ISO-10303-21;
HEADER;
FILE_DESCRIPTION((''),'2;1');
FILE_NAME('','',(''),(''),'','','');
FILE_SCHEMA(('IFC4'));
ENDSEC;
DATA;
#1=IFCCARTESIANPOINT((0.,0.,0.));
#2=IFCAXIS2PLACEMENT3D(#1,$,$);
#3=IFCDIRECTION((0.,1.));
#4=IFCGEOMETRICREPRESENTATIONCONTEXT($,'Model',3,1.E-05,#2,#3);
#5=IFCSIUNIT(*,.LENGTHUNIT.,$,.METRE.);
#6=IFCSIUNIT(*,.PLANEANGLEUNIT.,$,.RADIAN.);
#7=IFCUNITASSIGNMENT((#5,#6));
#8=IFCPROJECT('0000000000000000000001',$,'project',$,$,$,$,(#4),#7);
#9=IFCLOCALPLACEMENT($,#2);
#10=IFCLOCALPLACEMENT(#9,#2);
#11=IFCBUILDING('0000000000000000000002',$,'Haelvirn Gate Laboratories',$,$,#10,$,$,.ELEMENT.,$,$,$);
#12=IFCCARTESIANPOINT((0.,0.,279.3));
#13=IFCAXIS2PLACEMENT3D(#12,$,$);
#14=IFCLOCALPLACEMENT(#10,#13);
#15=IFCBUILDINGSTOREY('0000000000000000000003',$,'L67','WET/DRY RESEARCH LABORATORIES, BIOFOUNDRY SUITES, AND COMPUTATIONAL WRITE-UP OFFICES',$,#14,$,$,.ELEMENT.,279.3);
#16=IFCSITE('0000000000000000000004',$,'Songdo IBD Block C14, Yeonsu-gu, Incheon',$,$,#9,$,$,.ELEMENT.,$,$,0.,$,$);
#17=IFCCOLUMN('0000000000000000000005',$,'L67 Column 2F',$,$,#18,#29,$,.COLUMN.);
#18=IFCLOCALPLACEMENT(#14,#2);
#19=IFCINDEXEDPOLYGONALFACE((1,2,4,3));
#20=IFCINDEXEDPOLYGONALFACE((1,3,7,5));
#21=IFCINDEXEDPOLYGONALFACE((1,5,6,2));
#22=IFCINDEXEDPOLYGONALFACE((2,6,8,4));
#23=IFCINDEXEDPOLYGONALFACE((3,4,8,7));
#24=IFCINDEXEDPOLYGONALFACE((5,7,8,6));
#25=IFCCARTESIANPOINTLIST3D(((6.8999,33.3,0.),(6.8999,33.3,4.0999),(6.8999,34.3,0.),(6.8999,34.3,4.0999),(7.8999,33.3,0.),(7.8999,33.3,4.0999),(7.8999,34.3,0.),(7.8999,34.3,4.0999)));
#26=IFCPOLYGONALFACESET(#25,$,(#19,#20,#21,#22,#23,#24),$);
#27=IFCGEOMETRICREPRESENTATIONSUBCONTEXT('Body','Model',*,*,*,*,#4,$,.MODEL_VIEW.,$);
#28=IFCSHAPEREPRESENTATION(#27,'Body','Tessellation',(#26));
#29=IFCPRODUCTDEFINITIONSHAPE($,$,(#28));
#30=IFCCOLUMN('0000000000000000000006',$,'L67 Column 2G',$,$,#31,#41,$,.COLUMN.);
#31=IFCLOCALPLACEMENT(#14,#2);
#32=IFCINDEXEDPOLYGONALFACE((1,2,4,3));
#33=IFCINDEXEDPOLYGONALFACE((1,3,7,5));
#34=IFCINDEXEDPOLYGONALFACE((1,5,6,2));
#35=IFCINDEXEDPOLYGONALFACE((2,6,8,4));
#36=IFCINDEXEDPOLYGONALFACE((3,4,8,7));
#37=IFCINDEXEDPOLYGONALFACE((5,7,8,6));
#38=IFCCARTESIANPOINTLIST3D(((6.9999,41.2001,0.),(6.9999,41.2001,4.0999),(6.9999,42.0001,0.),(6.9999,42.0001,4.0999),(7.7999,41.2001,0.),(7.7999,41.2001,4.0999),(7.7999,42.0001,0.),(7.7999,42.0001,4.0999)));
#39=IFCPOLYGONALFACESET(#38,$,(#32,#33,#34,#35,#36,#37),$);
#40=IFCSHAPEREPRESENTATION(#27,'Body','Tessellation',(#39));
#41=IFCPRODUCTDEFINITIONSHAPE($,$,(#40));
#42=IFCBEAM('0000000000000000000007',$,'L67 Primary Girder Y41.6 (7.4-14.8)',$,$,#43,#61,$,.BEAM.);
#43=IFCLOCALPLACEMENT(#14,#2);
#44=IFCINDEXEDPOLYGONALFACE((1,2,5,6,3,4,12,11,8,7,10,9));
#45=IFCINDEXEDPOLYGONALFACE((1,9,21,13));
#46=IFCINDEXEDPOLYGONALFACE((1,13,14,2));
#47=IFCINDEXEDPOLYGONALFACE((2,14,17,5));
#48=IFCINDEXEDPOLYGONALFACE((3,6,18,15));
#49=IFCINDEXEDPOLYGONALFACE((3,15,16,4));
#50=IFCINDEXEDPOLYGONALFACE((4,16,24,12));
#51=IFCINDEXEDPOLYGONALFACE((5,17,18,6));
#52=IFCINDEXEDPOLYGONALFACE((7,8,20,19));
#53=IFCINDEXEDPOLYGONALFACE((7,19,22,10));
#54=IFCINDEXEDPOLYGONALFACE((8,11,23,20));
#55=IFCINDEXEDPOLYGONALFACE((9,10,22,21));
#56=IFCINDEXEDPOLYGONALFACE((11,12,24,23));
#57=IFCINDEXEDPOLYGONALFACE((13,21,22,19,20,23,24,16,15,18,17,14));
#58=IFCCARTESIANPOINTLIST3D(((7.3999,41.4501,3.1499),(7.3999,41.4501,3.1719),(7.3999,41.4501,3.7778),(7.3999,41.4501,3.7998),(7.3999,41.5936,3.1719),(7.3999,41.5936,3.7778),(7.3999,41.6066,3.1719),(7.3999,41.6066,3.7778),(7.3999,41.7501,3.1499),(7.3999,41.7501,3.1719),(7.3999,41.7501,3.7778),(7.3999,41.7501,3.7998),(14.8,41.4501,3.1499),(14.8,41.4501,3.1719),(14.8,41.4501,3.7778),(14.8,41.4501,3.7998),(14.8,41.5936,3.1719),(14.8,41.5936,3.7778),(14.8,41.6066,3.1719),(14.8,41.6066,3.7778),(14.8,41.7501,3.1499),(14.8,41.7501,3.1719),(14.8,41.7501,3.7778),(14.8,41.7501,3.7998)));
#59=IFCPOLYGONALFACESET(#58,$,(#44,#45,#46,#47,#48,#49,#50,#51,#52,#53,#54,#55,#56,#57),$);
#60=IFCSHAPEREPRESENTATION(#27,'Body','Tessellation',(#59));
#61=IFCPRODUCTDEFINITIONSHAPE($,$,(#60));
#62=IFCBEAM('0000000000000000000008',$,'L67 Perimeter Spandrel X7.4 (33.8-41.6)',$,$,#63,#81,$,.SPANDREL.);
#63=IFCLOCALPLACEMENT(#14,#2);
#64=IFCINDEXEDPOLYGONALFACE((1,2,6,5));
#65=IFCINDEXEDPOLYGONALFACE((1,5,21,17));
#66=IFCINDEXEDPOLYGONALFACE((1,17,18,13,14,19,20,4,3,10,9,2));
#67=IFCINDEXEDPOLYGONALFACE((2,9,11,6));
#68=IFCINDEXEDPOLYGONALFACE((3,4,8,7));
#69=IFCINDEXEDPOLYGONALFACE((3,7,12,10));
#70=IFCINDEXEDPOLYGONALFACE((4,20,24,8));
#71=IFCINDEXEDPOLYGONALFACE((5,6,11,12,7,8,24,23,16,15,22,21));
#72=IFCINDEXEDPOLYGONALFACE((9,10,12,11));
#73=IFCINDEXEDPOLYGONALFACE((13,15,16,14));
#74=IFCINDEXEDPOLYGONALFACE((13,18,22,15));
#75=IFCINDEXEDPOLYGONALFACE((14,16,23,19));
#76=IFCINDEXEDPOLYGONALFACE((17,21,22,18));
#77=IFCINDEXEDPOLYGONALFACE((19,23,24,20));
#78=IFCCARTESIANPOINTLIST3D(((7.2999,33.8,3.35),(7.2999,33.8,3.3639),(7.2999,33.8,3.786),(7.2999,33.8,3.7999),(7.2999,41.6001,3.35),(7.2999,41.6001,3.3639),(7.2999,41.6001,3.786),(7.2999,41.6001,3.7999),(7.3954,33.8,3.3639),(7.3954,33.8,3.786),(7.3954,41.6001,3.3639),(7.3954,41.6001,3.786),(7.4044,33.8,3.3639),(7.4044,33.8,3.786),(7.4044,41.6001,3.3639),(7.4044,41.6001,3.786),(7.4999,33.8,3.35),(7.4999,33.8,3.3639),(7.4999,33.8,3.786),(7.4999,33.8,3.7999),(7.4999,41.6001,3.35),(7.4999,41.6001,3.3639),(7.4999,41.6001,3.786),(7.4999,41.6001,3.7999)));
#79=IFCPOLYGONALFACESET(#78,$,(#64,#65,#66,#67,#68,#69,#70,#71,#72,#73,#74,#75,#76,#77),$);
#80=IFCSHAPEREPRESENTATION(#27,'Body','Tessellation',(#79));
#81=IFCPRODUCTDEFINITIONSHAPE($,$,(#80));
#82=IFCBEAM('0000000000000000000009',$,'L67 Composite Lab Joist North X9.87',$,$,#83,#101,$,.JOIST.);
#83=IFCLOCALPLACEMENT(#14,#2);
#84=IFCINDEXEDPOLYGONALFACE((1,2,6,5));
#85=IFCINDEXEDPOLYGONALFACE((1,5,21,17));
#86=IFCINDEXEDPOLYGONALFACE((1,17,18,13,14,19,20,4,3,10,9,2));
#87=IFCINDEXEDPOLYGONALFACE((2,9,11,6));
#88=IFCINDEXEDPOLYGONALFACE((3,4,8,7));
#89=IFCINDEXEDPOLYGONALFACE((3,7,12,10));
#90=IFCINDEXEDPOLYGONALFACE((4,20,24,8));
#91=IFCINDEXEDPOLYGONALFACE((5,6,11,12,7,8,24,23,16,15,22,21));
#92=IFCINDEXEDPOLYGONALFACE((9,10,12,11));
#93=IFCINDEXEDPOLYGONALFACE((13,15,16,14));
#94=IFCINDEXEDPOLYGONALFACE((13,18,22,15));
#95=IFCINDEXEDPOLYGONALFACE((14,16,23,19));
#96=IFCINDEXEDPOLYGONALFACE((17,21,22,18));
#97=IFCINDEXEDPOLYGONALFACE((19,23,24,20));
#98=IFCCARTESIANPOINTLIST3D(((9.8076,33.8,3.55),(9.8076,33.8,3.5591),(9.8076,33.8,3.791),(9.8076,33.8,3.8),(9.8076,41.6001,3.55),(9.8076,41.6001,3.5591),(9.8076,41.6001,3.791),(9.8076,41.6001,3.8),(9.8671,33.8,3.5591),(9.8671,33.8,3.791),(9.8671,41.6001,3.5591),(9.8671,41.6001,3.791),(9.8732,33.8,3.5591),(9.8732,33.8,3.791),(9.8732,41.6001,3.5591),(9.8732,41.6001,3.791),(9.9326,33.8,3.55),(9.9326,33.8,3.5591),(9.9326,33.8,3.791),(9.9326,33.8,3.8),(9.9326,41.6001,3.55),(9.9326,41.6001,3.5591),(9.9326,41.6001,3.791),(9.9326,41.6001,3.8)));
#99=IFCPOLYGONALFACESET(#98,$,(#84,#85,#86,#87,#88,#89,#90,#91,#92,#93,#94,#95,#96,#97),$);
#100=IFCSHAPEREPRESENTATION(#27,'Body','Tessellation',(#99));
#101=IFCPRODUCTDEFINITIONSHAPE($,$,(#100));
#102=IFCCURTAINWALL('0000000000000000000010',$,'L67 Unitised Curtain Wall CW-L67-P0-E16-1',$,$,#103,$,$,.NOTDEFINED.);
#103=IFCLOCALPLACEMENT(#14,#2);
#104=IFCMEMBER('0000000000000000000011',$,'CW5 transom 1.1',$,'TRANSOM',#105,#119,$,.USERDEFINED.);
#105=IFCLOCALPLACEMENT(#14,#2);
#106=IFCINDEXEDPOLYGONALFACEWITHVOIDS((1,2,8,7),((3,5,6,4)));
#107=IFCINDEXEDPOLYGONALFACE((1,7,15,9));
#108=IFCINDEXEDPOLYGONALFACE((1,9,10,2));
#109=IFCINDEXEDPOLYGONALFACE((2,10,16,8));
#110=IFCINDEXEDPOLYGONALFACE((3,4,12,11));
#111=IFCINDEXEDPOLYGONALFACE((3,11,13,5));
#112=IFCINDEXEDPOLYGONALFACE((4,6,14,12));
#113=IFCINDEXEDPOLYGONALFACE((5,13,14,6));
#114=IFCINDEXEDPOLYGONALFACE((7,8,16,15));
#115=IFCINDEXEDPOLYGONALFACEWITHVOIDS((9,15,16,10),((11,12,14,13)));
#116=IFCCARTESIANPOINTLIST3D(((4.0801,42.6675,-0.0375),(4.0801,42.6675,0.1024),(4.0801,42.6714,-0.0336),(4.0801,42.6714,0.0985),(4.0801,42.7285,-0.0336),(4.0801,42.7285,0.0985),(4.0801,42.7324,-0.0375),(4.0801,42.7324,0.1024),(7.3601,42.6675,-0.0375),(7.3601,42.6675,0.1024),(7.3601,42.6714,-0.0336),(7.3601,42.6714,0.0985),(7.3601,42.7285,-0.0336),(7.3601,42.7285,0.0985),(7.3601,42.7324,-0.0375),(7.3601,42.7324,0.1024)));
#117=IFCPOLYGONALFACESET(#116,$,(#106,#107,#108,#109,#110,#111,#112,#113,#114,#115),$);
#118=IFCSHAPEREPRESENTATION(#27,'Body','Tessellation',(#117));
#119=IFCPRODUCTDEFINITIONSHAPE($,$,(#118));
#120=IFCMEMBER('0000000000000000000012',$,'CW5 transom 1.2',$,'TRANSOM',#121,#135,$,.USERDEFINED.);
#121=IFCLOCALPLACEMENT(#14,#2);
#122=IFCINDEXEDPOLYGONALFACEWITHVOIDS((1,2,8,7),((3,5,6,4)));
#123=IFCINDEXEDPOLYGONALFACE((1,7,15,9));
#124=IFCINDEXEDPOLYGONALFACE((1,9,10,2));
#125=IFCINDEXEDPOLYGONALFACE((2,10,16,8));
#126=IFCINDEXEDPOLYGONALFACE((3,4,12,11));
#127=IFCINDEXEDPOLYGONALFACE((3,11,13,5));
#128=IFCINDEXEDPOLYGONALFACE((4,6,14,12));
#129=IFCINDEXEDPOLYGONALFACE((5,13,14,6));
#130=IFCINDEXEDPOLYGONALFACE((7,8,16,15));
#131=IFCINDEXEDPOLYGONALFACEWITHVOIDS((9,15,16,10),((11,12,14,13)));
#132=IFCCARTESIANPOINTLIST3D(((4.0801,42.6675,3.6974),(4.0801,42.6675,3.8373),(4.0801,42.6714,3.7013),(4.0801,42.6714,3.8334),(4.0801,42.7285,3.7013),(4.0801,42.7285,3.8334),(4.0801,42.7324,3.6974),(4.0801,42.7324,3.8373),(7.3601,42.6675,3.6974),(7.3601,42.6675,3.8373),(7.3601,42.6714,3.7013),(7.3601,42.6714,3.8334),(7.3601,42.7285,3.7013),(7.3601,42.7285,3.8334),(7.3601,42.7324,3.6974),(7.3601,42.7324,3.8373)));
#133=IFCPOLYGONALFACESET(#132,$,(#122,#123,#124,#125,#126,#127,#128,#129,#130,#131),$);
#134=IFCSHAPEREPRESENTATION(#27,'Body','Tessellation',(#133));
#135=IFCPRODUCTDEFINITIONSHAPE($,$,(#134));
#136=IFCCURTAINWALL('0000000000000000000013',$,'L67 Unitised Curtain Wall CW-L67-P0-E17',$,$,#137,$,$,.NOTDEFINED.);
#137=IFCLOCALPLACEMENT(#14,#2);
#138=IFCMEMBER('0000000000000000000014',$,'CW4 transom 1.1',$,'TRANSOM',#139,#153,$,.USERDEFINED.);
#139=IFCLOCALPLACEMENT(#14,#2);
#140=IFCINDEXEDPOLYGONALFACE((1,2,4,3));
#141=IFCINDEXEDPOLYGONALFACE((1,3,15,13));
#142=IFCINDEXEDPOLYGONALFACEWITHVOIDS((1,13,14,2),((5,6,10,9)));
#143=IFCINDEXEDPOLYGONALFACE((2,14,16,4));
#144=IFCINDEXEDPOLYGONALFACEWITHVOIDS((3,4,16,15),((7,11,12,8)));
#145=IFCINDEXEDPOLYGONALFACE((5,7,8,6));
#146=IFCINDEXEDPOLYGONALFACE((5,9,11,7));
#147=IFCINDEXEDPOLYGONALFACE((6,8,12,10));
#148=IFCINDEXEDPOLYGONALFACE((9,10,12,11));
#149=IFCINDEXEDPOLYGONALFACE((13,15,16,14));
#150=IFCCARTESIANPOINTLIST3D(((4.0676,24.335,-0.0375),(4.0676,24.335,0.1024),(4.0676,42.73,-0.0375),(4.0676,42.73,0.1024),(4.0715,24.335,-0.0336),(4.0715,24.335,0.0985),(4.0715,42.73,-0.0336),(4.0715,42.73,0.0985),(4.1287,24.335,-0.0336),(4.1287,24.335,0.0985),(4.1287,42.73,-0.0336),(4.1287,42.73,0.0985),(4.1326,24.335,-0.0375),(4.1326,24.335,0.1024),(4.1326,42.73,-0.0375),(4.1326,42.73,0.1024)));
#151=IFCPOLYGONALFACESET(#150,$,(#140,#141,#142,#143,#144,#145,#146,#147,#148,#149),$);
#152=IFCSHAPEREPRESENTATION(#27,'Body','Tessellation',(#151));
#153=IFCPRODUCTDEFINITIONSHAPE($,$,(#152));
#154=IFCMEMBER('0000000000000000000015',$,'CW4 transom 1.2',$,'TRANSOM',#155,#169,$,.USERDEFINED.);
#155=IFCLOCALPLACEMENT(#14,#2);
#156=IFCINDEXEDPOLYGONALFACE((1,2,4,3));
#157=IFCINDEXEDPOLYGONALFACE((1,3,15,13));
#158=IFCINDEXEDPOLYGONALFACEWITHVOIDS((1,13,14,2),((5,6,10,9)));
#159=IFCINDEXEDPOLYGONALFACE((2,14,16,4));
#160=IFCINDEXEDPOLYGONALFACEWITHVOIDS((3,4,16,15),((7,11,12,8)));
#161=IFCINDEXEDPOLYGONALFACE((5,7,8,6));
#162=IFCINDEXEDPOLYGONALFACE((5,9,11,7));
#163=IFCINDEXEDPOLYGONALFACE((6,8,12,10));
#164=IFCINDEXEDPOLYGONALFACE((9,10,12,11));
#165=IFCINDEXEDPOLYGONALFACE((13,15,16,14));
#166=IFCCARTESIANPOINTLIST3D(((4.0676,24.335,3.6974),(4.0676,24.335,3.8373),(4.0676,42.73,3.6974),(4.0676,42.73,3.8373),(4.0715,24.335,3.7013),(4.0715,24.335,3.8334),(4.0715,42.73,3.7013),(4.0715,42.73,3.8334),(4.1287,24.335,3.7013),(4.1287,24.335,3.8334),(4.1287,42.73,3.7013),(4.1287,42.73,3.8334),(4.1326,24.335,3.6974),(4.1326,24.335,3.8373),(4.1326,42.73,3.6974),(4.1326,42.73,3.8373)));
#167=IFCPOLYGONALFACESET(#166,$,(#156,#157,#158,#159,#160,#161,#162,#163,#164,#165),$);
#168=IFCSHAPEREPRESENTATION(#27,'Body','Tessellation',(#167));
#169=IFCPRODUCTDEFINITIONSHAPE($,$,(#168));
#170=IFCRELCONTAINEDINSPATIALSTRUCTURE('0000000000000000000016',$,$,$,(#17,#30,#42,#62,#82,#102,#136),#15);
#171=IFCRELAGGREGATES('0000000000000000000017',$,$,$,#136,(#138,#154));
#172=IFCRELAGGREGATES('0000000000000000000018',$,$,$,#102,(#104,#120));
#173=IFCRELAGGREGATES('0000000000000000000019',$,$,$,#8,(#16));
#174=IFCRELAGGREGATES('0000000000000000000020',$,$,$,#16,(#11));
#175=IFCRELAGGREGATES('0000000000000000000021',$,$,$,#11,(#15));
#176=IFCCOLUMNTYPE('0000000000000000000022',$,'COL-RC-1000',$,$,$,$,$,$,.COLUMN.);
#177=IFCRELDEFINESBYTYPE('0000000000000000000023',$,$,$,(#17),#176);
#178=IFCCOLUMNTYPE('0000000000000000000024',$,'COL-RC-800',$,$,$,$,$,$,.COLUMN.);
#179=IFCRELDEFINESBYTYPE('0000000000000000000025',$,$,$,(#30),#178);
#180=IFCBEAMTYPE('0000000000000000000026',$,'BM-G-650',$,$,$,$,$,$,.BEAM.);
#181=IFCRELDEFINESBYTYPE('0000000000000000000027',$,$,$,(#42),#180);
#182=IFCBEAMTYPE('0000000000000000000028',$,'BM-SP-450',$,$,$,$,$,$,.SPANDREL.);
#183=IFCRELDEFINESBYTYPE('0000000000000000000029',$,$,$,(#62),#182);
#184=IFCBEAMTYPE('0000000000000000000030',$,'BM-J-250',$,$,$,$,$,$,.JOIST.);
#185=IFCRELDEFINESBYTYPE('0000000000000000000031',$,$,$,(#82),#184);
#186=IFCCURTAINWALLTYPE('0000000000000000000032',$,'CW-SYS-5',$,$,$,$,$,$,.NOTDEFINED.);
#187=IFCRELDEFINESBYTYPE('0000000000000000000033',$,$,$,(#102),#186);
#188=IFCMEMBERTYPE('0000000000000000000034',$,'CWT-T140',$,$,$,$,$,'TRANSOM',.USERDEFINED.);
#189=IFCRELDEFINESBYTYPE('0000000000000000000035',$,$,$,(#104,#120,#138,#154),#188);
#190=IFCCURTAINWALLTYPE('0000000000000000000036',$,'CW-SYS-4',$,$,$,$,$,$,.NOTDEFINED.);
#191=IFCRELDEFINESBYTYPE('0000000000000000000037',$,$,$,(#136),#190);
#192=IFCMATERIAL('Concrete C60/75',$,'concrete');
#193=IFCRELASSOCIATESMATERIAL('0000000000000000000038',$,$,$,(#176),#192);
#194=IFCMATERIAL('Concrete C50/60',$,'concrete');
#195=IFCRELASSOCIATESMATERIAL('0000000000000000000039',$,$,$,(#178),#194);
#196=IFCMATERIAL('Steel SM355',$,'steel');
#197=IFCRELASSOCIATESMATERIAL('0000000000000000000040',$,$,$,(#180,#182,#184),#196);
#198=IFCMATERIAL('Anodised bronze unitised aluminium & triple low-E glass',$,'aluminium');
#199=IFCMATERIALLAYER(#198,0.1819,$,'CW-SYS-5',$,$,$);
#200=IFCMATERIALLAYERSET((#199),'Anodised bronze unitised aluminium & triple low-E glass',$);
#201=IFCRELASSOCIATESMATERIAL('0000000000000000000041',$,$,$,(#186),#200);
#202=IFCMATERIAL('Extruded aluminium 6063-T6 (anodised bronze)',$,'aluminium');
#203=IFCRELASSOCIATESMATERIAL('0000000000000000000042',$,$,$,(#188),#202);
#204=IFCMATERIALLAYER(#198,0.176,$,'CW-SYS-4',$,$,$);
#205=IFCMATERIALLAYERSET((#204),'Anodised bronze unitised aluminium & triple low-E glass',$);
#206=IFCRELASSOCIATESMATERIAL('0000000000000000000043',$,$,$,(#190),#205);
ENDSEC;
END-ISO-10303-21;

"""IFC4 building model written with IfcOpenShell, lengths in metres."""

from ifc_helpers import new_model, si_unit, direction, frame, origin, origin_2d, place, context, subcontext, project, spatial, rectangle, hollow_rectangle, i_section, extrude, source, transform, mapped, material, layer, layer_set, material_profile, profile_set, type_object, type_shapes, element, aggregate, save


model = new_model("IFC4")

# Units and contexts
model_context = context("Model", 3, precision=1e-05, world=origin(), true_north=direction((0.0, 1.0)))
body_context = subcontext(model_context, "Body", "Model", "MODEL_VIEW")
ifc_project = project(units=[si_unit("LENGTHUNIT", "METRE"), si_unit("PLANEANGLEUNIT", "RADIAN")], contexts=[model_context])

# Site, building, storey
site_placement = place(None, origin())
site = spatial("IfcSite", under=ifc_project, at=site_placement, Name="Songdo IBD Block C14, Yeonsu-gu, Incheon", CompositionType="ELEMENT", RefElevation=0.0)
building_placement = place(site_placement, origin())
building = spatial("IfcBuilding", under=site, at=building_placement, Name="Haelvirn Gate Laboratories", CompositionType="ELEMENT")
storey_placement = place(building_placement, frame((0.0, 0.0, 279.3)))
storey = spatial("IfcBuildingStorey", under=building, at=storey_placement, Name="L67", Description="WET/DRY RESEARCH LABORATORIES, BIOFOUNDRY SUITES, AND COMPUTATIONAL WRITE-UP OFFICES", CompositionType="ELEMENT", Elevation=279.3)

# Columns
ifc_material_1 = material(Name="Concrete C60/75", Category="concrete")
ifc_material_profile_1 = material_profile(ifc_material_1, rectangle(XDim=1.0, YDim=1.0, at=origin_2d()), Name="RC-1000x1000")
ifc_profile_set_1 = profile_set([ifc_material_profile_1], Name="Concrete C60/75")
column_type_1 = type_object("IfcColumnType", Name="COL-RC-1000", PredefinedType="COLUMN", material=ifc_profile_set_1)
shared_shape_1 = source(origin(), body_context, "Body", "SweptSolid", [
    extrude(rectangle(XDim=1.0, YDim=1.0, at=origin_2d()), origin(), (0.0, 0.0, 1.0), 4.0999),
])
type_shapes(column_type_1, [shared_shape_1])
column_1_placement = place(storey_placement, frame((7.3999, 33.8, 0.0), z_axis=(0.0, 0.0, 1.0), x_axis=(1.0, 0.0, 0.0)))
element("IfcColumn", 1, at=column_1_placement, inside=storey, type_object=column_type_1, Name="L67 Column 2F", PredefinedType="COLUMN", context=body_context, shape_type="MappedRepresentation", body=[
    mapped(shared_shape_1, transform((0.0, 0.0, 0.0), scale=1.0)),
])
ifc_material_2 = material(Name="Concrete C50/60", Category="concrete")
ifc_material_profile_2 = material_profile(ifc_material_2, rectangle(XDim=0.8, YDim=0.8, at=origin_2d()), Name="RC-800x800")
ifc_profile_set_2 = profile_set([ifc_material_profile_2], Name="Concrete C50/60")
column_type_2 = type_object("IfcColumnType", Name="COL-RC-800", PredefinedType="COLUMN", material=ifc_profile_set_2)
shared_shape_2 = source(origin(), body_context, "Body", "SweptSolid", [
    extrude(rectangle(XDim=0.8, YDim=0.8, at=origin_2d()), origin(), (0.0, 0.0, 1.0), 4.0999),
])
type_shapes(column_type_2, [shared_shape_2])
column_2_placement = place(storey_placement, frame((7.3999, 41.6001, 0.0), z_axis=(0.0, 0.0, 1.0), x_axis=(1.0, 0.0, 0.0)))
element("IfcColumn", 2, at=column_2_placement, inside=storey, type_object=column_type_2, Name="L67 Column 2G", PredefinedType="COLUMN", context=body_context, shape_type="MappedRepresentation", body=[
    mapped(shared_shape_2, transform((0.0, 0.0, 0.0), scale=1.0)),
])

# Beams
ifc_material_3 = material(Name="Steel SM355", Category="steel")
ifc_material_profile_3 = material_profile(ifc_material_3, i_section(OverallWidth=0.3, OverallDepth=0.6499, WebThickness=0.0129, FlangeThickness=0.022, at=origin_2d()), Name="H-650x300x13x22")
ifc_profile_set_3 = profile_set([ifc_material_profile_3], Name="Steel SM355")
beam_type_1 = type_object("IfcBeamType", Name="BM-G-650", PredefinedType="BEAM", material=ifc_profile_set_3)
shared_shape_3 = source(origin(), body_context, "Body", "SweptSolid", [
    extrude(i_section(OverallWidth=0.3, OverallDepth=0.6499, WebThickness=0.0129, FlangeThickness=0.022, at=origin_2d()), origin(), (0.0, 0.0, 1.0), 7.4001),
])
type_shapes(beam_type_1, [shared_shape_3])
beam_1_placement = place(storey_placement, frame((7.3999, 41.6001, 3.4749), z_axis=(1.0, 0.0, 0.0), x_axis=(0.0, 1.0, 0.0)))
element("IfcBeam", 3, at=beam_1_placement, inside=storey, type_object=beam_type_1, Name="L67 Primary Girder Y41.6 (7.4-14.8)", PredefinedType="BEAM", context=body_context, shape_type="MappedRepresentation", body=[
    mapped(shared_shape_3, transform((0.0, 0.0, 0.0), scale=1.0)),
])
ifc_material_profile_4 = material_profile(ifc_material_3, i_section(OverallWidth=0.2, OverallDepth=0.45, WebThickness=0.009, FlangeThickness=0.0139, at=origin_2d()), Name="H-450x200x9x14")
ifc_profile_set_4 = profile_set([ifc_material_profile_4], Name="Steel SM355")
beam_type_2 = type_object("IfcBeamType", Name="BM-SP-450", PredefinedType="SPANDREL", material=ifc_profile_set_4)
shared_shape_4 = source(origin(), body_context, "Body", "SweptSolid", [
    extrude(i_section(OverallWidth=0.2, OverallDepth=0.45, WebThickness=0.009, FlangeThickness=0.0139, at=origin_2d()), origin(), (0.0, 0.0, 1.0), 7.8),
])
type_shapes(beam_type_2, [shared_shape_4])
beam_2_placement = place(storey_placement, frame((7.3999, 33.8, 3.575), z_axis=(0.0, 1.0, 0.0), x_axis=(-1.0, 0.0, 0.0)))
element("IfcBeam", 4, at=beam_2_placement, inside=storey, type_object=beam_type_2, Name="L67 Perimeter Spandrel X7.4 (33.8-41.6)", PredefinedType="SPANDREL", context=body_context, shape_type="MappedRepresentation", body=[
    mapped(shared_shape_4, transform((0.0, 0.0, 0.0), scale=1.0)),
])
ifc_material_profile_5 = material_profile(ifc_material_3, i_section(OverallWidth=0.125, OverallDepth=0.25, WebThickness=0.0061, FlangeThickness=0.009, at=origin_2d()), Name="H-250x125x6x9")
ifc_profile_set_5 = profile_set([ifc_material_profile_5], Name="Steel SM355")
beam_type_3 = type_object("IfcBeamType", Name="BM-J-250", PredefinedType="JOIST", material=ifc_profile_set_5)
shared_shape_5 = source(origin(), body_context, "Body", "SweptSolid", [
    extrude(i_section(OverallWidth=0.125, OverallDepth=0.25, WebThickness=0.0061, FlangeThickness=0.009, at=origin_2d()), origin(), (0.0, 0.0, 1.0), 7.8),
])
type_shapes(beam_type_3, [shared_shape_5])
beam_3_placement = place(storey_placement, frame((9.8701, 33.8, 3.675), z_axis=(0.0, 1.0, 0.0), x_axis=(-1.0, 0.0, 0.0)))
element("IfcBeam", 5, at=beam_3_placement, inside=storey, type_object=beam_type_3, Name="L67 Composite Lab Joist North X9.87", PredefinedType="JOIST", context=body_context, shape_type="MappedRepresentation", body=[
    mapped(shared_shape_5, transform((0.0, 0.0, 0.0), scale=1.0)),
])

# Curtain walls, members
ifc_material_4 = material(Name="Anodised bronze unitised aluminium & triple low-E glass", Category="aluminium")
ifc_layer_1 = layer(ifc_material_4, 0.1819, Name="CW-SYS-5")
ifc_layer_set_1 = layer_set([ifc_layer_1], Name="Anodised bronze unitised aluminium & triple low-E glass")
curtain_wall_type_1 = type_object("IfcCurtainWallType", Name="CW-SYS-5", PredefinedType="NOTDEFINED", material=ifc_layer_set_1)
curtain_wall_1_placement = place(storey_placement, origin())
curtain_wall_1 = element("IfcCurtainWall", 6, at=curtain_wall_1_placement, inside=storey, type_object=curtain_wall_type_1, Name="L67 Unitised Curtain Wall CW-L67-P0-E16-1", PredefinedType="NOTDEFINED")
ifc_material_5 = material(Name="Extruded aluminium 6063-T6 (anodised bronze)", Category="aluminium")
ifc_material_profile_6 = material_profile(ifc_material_5, hollow_rectangle(XDim=0.0649, YDim=0.1399, WallThickness=0.0039, at=origin_2d()), Name="CWT-140x65x4")
ifc_profile_set_6 = profile_set([ifc_material_profile_6], Name="Extruded aluminium 6063-T6 (anodised bronze)")
member_type_1 = type_object("IfcMemberType", Name="CWT-T140", ElementType="TRANSOM", PredefinedType="USERDEFINED", material=ifc_profile_set_6)
shared_shape_6 = source(origin(), body_context, "Body", "SweptSolid", [
    extrude(hollow_rectangle(XDim=0.0649, YDim=0.1399, WallThickness=0.0039, at=origin_2d()), origin(), (0.0, 0.0, 1.0), 3.28),
])
member_1_placement = place(storey_placement, frame((4.0801, 42.7, 0.0325), z_axis=(1.0, 0.0, 0.0), x_axis=(0.0, 1.0, 0.0)))
member_1 = element("IfcMember", 7, at=member_1_placement, type_object=member_type_1, Name="CW5 transom 1.1", ObjectType="TRANSOM", PredefinedType="USERDEFINED", context=body_context, shape_type="MappedRepresentation", body=[
    mapped(shared_shape_6, transform((0.0, 0.0, 0.0), scale=1.0)),
])
member_2_placement = place(storey_placement, frame((4.0801, 42.7, 3.7673), z_axis=(1.0, 0.0, 0.0), x_axis=(0.0, 1.0, 0.0)))
member_2 = element("IfcMember", 8, at=member_2_placement, type_object=member_type_1, Name="CW5 transom 1.2", ObjectType="TRANSOM", PredefinedType="USERDEFINED", context=body_context, shape_type="MappedRepresentation", body=[
    mapped(shared_shape_6, transform((0.0, 0.0, 0.0), scale=1.0)),
])
ifc_layer_2 = layer(ifc_material_4, 0.176, Name="CW-SYS-4")
ifc_layer_set_2 = layer_set([ifc_layer_2], Name="Anodised bronze unitised aluminium & triple low-E glass")
curtain_wall_type_2 = type_object("IfcCurtainWallType", Name="CW-SYS-4", PredefinedType="NOTDEFINED", material=ifc_layer_set_2)
curtain_wall_2_placement = place(storey_placement, origin())
curtain_wall_2 = element("IfcCurtainWall", 9, at=curtain_wall_2_placement, inside=storey, type_object=curtain_wall_type_2, Name="L67 Unitised Curtain Wall CW-L67-P0-E17", PredefinedType="NOTDEFINED")
shared_shape_7 = source(origin(), body_context, "Body", "SweptSolid", [
    extrude(hollow_rectangle(XDim=0.0649, YDim=0.1399, WallThickness=0.0039, at=origin_2d()), origin(), (0.0, 0.0, 1.0), 18.395),
])
member_3_placement = place(storey_placement, frame((4.1001, 42.73, 0.0325), z_axis=(0.0, -1.0, 0.0), x_axis=(1.0, 0.0, 0.0)))
member_3 = element("IfcMember", 10, at=member_3_placement, type_object=member_type_1, Name="CW4 transom 1.1", ObjectType="TRANSOM", PredefinedType="USERDEFINED", context=body_context, shape_type="MappedRepresentation", body=[
    mapped(shared_shape_7, transform((0.0, 0.0, 0.0), scale=1.0)),
])
member_4_placement = place(storey_placement, frame((4.1001, 42.73, 3.7673), z_axis=(0.0, -1.0, 0.0), x_axis=(1.0, 0.0, 0.0)))
member_4 = element("IfcMember", 11, at=member_4_placement, type_object=member_type_1, Name="CW4 transom 1.2", ObjectType="TRANSOM", PredefinedType="USERDEFINED", context=body_context, shape_type="MappedRepresentation", body=[
    mapped(shared_shape_7, transform((0.0, 0.0, 0.0), scale=1.0)),
])

aggregate(curtain_wall_2, [member_3, member_4])

aggregate(curtain_wall_1, [member_1, member_2])

save(model, "model.ifc")
